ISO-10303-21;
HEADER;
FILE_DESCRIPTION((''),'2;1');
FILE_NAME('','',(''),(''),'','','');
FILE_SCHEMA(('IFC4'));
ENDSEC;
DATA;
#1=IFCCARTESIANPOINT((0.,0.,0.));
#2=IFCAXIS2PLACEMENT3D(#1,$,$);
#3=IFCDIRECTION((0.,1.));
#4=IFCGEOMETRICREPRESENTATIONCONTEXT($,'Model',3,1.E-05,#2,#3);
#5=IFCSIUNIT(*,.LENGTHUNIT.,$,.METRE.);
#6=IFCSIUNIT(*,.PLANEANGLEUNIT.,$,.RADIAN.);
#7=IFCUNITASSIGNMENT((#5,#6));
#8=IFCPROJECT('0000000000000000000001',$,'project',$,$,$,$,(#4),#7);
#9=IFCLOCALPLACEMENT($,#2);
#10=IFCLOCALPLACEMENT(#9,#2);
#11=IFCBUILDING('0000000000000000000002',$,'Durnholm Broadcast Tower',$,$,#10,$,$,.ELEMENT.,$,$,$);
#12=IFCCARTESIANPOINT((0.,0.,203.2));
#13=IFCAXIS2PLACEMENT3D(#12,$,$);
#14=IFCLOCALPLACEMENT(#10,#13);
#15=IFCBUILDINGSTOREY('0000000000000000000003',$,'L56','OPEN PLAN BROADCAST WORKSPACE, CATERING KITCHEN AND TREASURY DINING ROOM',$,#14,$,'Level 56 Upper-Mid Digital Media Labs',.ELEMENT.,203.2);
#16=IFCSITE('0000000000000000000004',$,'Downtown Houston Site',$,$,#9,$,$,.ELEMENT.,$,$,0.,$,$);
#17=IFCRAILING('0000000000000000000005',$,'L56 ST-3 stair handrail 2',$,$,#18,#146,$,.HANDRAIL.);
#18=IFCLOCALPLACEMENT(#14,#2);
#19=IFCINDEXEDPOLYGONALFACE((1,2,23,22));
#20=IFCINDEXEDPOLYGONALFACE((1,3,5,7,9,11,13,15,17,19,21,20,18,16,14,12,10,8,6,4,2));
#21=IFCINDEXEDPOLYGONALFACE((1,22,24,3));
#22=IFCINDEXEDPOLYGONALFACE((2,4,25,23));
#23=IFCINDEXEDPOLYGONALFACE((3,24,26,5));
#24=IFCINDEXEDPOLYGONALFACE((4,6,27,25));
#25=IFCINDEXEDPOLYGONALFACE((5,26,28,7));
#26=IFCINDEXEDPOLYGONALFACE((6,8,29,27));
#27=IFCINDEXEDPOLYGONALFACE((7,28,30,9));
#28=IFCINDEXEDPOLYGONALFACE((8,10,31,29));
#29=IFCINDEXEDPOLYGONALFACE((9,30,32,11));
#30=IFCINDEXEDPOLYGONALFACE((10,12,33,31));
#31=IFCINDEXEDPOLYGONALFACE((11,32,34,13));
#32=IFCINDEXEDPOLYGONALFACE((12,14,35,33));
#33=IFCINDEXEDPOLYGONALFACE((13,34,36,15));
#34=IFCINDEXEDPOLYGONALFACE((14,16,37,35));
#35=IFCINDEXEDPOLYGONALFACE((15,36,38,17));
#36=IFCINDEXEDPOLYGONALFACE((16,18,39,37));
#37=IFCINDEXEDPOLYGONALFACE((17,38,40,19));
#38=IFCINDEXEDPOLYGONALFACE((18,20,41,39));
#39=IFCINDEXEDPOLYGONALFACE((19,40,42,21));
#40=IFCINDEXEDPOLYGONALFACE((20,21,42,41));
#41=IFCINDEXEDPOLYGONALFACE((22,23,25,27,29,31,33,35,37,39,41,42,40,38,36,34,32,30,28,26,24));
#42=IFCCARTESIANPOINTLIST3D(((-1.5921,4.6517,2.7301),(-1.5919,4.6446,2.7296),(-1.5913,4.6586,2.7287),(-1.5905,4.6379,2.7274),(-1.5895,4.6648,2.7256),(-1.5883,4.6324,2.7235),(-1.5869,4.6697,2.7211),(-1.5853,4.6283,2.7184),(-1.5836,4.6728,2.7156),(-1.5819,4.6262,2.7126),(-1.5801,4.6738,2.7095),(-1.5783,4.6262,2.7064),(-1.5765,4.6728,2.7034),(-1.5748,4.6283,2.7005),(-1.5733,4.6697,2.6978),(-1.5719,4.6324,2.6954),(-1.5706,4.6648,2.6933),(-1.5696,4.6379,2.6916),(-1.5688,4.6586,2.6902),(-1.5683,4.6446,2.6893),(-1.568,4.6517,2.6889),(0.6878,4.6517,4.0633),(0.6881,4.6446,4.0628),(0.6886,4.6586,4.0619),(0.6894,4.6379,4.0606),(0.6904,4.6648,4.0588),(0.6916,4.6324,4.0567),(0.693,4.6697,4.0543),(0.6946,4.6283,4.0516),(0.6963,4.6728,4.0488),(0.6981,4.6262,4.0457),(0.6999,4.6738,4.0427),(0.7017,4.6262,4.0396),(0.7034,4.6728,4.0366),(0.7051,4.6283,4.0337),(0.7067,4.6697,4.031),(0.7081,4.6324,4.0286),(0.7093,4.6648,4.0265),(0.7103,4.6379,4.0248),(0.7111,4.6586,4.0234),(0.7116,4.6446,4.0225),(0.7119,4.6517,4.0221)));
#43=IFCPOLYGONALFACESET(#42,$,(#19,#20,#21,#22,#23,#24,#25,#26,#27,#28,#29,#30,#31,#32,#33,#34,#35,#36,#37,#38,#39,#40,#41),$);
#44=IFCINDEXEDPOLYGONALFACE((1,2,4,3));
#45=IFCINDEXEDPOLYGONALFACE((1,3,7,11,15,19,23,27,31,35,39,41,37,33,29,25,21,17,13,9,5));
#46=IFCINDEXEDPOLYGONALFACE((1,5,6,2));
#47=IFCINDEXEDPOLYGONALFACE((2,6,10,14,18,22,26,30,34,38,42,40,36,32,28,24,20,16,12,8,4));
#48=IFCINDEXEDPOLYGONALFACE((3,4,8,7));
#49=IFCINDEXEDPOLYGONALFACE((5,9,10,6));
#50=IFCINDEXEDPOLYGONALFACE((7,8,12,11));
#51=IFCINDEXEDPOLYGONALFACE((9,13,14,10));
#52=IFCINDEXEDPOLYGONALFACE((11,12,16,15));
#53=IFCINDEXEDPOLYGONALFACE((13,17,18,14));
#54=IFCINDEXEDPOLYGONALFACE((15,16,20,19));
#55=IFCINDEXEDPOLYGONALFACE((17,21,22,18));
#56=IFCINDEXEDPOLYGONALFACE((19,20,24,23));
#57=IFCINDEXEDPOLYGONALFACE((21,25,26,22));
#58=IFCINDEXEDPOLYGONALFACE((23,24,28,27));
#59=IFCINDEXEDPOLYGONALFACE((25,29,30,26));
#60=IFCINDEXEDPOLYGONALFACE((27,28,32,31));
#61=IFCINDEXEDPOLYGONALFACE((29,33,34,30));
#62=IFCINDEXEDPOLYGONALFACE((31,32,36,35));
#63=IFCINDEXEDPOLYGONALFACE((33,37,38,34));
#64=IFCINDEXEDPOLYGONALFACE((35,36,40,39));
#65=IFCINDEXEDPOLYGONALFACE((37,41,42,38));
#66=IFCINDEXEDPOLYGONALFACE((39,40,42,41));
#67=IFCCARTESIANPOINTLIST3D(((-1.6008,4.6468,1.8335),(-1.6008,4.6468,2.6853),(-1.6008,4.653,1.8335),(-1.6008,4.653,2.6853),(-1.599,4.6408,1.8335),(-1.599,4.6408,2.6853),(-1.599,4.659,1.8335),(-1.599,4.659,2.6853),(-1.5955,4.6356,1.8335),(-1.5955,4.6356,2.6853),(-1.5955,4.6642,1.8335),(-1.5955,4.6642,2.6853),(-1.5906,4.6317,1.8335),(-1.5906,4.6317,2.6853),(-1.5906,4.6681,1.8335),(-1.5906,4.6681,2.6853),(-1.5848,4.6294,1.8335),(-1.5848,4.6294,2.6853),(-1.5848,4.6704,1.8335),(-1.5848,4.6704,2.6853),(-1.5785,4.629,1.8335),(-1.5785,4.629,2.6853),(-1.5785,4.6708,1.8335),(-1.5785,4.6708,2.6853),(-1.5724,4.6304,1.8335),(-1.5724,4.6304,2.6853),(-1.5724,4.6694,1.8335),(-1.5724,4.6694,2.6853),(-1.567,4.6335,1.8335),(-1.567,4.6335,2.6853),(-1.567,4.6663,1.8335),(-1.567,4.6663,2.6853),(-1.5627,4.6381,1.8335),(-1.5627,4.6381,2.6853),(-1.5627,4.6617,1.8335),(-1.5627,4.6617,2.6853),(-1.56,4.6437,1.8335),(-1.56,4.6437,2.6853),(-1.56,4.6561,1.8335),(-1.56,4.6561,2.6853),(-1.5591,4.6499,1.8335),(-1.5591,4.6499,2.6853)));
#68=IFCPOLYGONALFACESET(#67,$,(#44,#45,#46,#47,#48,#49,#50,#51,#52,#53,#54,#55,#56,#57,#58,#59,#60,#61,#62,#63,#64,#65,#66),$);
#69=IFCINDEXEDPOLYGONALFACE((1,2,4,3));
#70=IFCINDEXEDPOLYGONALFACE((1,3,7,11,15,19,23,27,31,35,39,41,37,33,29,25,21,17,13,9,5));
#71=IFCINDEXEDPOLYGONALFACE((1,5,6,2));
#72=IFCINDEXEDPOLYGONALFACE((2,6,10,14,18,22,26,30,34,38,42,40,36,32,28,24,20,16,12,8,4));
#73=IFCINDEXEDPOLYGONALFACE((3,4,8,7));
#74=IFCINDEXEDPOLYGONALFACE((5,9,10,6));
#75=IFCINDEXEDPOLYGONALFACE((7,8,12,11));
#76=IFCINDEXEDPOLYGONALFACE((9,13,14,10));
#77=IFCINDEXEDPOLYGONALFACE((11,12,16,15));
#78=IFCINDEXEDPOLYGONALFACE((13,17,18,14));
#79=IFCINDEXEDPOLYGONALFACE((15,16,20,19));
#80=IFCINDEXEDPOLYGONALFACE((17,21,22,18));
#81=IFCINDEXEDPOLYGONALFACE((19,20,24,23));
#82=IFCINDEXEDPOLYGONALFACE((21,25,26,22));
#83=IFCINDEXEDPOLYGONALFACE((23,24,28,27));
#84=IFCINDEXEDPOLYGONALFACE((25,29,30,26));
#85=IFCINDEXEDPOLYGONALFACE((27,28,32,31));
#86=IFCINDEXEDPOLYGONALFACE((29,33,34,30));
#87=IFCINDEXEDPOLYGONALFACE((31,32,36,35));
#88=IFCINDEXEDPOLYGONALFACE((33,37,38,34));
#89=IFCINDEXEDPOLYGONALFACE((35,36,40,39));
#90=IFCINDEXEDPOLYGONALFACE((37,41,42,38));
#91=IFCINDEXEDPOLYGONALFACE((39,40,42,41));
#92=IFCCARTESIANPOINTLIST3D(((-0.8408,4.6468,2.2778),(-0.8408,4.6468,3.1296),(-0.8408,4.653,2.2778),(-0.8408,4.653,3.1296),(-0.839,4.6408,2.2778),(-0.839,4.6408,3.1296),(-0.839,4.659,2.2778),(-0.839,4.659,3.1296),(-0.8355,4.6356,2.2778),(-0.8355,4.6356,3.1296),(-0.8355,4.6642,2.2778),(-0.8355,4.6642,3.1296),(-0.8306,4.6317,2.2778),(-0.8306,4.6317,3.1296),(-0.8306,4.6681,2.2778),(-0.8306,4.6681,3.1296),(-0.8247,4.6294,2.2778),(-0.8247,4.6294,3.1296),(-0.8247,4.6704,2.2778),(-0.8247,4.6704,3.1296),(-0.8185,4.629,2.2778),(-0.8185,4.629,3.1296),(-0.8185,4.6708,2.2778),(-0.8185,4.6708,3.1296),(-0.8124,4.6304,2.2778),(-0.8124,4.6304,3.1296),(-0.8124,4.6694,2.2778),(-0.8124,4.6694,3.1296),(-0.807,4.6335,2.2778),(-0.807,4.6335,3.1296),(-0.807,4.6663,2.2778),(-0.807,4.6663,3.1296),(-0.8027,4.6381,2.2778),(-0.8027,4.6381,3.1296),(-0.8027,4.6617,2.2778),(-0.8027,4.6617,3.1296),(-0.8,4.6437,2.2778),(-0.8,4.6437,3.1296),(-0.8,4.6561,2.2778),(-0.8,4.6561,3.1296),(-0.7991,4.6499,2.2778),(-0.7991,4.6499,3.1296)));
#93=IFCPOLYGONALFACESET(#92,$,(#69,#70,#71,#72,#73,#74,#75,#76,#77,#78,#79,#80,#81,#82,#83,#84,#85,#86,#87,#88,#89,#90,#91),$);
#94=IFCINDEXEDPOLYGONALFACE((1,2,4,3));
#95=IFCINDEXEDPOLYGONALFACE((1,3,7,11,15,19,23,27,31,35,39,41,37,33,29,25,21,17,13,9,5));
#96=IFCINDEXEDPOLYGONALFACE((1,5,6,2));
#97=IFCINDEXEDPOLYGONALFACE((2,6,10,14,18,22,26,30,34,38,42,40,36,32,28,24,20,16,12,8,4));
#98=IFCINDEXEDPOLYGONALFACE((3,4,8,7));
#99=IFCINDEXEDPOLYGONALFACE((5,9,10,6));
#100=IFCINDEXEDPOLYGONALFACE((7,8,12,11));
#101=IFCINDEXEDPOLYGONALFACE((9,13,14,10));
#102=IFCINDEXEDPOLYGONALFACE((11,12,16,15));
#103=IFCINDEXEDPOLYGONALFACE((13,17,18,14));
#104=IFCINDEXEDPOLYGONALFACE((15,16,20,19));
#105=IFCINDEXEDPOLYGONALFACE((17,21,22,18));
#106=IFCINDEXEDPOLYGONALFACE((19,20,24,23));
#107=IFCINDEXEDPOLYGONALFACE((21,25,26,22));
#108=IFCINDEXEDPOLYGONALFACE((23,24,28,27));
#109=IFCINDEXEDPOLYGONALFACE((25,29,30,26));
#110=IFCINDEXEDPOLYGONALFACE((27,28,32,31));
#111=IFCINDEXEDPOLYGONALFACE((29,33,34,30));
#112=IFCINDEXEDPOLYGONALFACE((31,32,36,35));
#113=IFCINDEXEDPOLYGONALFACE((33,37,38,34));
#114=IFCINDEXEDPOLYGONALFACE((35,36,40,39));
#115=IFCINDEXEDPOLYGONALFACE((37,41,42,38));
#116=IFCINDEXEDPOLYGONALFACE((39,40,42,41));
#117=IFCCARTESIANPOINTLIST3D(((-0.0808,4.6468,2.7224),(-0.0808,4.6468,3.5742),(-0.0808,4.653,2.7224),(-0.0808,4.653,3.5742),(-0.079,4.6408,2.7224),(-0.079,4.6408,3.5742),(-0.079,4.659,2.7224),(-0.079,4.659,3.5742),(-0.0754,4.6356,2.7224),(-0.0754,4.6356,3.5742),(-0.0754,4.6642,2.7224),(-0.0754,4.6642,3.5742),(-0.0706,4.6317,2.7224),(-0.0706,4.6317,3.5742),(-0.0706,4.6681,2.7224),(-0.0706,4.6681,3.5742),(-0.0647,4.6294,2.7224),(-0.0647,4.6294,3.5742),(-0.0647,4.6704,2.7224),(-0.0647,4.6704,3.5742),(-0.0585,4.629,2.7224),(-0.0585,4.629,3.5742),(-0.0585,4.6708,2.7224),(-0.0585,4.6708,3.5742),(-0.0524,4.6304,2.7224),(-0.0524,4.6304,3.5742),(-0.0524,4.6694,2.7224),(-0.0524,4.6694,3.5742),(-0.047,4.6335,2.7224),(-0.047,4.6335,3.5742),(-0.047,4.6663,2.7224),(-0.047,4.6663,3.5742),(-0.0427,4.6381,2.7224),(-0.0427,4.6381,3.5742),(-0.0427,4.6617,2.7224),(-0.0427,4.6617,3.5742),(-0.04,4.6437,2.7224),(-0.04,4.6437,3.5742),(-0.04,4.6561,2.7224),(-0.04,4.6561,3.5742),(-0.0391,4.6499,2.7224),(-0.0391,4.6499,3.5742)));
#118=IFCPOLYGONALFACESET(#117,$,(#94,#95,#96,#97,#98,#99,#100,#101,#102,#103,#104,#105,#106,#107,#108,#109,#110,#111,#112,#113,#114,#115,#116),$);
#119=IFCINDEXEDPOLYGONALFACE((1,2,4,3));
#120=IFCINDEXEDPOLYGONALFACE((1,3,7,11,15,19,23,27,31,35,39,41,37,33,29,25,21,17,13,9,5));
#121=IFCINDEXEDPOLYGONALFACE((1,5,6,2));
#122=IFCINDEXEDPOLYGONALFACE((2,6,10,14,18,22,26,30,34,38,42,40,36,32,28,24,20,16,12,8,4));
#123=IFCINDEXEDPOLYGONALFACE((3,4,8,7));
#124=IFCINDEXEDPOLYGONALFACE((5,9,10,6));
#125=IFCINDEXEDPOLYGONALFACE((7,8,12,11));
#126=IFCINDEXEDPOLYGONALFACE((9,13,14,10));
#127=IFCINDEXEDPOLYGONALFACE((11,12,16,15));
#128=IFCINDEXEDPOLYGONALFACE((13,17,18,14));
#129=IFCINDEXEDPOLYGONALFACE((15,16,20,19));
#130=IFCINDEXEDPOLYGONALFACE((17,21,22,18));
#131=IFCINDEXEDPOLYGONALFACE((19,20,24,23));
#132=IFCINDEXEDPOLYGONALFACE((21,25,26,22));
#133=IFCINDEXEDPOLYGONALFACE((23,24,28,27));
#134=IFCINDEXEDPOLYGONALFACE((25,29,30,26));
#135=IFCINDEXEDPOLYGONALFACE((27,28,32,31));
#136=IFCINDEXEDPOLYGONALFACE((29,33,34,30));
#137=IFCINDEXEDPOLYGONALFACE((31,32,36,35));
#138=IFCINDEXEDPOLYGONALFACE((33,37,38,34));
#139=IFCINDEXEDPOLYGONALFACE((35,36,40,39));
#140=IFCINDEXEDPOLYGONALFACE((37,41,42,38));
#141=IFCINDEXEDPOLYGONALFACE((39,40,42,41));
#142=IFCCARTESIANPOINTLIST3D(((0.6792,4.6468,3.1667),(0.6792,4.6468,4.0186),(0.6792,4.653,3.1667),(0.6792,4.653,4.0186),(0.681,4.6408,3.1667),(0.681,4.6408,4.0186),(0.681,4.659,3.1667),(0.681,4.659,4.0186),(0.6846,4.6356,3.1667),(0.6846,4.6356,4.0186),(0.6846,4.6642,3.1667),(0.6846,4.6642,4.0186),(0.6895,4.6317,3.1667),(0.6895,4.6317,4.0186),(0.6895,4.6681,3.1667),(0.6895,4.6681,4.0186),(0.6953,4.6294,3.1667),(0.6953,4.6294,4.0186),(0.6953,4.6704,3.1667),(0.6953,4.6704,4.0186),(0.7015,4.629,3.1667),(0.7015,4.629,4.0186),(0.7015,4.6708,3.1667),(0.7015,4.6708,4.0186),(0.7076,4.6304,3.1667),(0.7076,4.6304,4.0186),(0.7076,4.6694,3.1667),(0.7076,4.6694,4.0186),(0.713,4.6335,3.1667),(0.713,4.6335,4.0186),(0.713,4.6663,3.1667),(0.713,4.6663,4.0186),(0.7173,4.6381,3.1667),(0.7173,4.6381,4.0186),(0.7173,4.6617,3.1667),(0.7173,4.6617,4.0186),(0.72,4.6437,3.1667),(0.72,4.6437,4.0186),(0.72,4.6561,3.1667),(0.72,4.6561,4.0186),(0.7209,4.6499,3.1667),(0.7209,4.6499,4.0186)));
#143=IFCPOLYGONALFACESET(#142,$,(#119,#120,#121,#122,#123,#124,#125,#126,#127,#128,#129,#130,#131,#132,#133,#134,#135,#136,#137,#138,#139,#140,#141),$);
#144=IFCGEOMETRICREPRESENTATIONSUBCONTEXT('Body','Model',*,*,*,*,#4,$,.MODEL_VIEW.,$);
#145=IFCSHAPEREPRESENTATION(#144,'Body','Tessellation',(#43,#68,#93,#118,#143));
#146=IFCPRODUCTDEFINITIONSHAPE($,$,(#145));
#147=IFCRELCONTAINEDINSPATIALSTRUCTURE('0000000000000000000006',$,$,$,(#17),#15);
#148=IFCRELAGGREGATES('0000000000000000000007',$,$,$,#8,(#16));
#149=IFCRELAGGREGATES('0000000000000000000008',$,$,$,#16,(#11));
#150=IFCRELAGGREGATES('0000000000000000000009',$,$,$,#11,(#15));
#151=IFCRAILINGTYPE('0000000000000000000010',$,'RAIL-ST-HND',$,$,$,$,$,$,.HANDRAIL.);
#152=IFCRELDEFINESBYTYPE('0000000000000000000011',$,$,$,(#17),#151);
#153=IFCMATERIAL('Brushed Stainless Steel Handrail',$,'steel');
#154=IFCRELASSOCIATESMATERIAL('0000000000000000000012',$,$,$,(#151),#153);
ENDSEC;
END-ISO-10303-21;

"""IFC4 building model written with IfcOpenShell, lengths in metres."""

from ifc_helpers import new_model, si_unit, direction, frame, origin, origin_2d, place, context, subcontext, project, spatial, circle, extrude, material, type_object, element, save


model = new_model("IFC4")

# Units and contexts
model_context = context("Model", 3, precision=1e-05, world=origin(), true_north=direction((0.0, 1.0)))
body_context = subcontext(model_context, "Body", "Model", "MODEL_VIEW")
ifc_project = project(units=[si_unit("LENGTHUNIT", "METRE"), si_unit("PLANEANGLEUNIT", "RADIAN")], contexts=[model_context])

# Site, building, storey
site_placement = place(None, origin())
site = spatial("IfcSite", under=ifc_project, at=site_placement, Name="Downtown Houston Site", CompositionType="ELEMENT", RefElevation=0.0)
building_placement = place(site_placement, origin())
building = spatial("IfcBuilding", under=site, at=building_placement, Name="Durnholm Broadcast Tower", CompositionType="ELEMENT")
storey_placement = place(building_placement, frame((0.0, 0.0, 203.2)))
storey = spatial("IfcBuildingStorey", under=building, at=storey_placement, Name="L56", Description="OPEN PLAN BROADCAST WORKSPACE, CATERING KITCHEN AND TREASURY DINING ROOM", LongName="Level 56 Upper-Mid Digital Media Labs", CompositionType="ELEMENT", Elevation=203.2)

# Railing
ifc_material_1 = material(Name="Brushed Stainless Steel Handrail", Category="steel")
railing_type_1 = type_object("IfcRailingType", Name="RAIL-ST-HND", PredefinedType="HANDRAIL", material=ifc_material_1)
railing_1_placement = place(storey_placement, frame((-1.5801, 4.6499, 1.8335)))
element("IfcRailing", 1, at=railing_1_placement, inside=storey, type_object=railing_type_1, Name="L56 ST-3 stair handrail 2", PredefinedType="HANDRAIL", context=body_context, shape_type="SweptSolid", body=[
    extrude(circle(Radius=0.0239, at=origin_2d()), frame((0.0, 0.0, 0.876), z_axis=(0.863245, 0.0, 0.504785), x_axis=(0.0, 1.0, 0.0)), (0.0, 0.0, 1.0), 2.6411),
    extrude(circle(Radius=0.021, at=origin_2d()), origin(), (0.0, 0.0, 1.0), 0.8518),
    extrude(circle(Radius=0.021, at=origin_2d()), frame((0.76, 0.0, 0.4443)), (0.0, 0.0, 1.0), 0.8518),
    extrude(circle(Radius=0.021, at=origin_2d()), frame((1.52, 0.0, 0.8889)), (0.0, 0.0, 1.0), 0.8518),
    extrude(circle(Radius=0.021, at=origin_2d()), frame((2.28, 0.0, 1.3333)), (0.0, 0.0, 1.0), 0.8518),
])

save(model, "model.ifc")
